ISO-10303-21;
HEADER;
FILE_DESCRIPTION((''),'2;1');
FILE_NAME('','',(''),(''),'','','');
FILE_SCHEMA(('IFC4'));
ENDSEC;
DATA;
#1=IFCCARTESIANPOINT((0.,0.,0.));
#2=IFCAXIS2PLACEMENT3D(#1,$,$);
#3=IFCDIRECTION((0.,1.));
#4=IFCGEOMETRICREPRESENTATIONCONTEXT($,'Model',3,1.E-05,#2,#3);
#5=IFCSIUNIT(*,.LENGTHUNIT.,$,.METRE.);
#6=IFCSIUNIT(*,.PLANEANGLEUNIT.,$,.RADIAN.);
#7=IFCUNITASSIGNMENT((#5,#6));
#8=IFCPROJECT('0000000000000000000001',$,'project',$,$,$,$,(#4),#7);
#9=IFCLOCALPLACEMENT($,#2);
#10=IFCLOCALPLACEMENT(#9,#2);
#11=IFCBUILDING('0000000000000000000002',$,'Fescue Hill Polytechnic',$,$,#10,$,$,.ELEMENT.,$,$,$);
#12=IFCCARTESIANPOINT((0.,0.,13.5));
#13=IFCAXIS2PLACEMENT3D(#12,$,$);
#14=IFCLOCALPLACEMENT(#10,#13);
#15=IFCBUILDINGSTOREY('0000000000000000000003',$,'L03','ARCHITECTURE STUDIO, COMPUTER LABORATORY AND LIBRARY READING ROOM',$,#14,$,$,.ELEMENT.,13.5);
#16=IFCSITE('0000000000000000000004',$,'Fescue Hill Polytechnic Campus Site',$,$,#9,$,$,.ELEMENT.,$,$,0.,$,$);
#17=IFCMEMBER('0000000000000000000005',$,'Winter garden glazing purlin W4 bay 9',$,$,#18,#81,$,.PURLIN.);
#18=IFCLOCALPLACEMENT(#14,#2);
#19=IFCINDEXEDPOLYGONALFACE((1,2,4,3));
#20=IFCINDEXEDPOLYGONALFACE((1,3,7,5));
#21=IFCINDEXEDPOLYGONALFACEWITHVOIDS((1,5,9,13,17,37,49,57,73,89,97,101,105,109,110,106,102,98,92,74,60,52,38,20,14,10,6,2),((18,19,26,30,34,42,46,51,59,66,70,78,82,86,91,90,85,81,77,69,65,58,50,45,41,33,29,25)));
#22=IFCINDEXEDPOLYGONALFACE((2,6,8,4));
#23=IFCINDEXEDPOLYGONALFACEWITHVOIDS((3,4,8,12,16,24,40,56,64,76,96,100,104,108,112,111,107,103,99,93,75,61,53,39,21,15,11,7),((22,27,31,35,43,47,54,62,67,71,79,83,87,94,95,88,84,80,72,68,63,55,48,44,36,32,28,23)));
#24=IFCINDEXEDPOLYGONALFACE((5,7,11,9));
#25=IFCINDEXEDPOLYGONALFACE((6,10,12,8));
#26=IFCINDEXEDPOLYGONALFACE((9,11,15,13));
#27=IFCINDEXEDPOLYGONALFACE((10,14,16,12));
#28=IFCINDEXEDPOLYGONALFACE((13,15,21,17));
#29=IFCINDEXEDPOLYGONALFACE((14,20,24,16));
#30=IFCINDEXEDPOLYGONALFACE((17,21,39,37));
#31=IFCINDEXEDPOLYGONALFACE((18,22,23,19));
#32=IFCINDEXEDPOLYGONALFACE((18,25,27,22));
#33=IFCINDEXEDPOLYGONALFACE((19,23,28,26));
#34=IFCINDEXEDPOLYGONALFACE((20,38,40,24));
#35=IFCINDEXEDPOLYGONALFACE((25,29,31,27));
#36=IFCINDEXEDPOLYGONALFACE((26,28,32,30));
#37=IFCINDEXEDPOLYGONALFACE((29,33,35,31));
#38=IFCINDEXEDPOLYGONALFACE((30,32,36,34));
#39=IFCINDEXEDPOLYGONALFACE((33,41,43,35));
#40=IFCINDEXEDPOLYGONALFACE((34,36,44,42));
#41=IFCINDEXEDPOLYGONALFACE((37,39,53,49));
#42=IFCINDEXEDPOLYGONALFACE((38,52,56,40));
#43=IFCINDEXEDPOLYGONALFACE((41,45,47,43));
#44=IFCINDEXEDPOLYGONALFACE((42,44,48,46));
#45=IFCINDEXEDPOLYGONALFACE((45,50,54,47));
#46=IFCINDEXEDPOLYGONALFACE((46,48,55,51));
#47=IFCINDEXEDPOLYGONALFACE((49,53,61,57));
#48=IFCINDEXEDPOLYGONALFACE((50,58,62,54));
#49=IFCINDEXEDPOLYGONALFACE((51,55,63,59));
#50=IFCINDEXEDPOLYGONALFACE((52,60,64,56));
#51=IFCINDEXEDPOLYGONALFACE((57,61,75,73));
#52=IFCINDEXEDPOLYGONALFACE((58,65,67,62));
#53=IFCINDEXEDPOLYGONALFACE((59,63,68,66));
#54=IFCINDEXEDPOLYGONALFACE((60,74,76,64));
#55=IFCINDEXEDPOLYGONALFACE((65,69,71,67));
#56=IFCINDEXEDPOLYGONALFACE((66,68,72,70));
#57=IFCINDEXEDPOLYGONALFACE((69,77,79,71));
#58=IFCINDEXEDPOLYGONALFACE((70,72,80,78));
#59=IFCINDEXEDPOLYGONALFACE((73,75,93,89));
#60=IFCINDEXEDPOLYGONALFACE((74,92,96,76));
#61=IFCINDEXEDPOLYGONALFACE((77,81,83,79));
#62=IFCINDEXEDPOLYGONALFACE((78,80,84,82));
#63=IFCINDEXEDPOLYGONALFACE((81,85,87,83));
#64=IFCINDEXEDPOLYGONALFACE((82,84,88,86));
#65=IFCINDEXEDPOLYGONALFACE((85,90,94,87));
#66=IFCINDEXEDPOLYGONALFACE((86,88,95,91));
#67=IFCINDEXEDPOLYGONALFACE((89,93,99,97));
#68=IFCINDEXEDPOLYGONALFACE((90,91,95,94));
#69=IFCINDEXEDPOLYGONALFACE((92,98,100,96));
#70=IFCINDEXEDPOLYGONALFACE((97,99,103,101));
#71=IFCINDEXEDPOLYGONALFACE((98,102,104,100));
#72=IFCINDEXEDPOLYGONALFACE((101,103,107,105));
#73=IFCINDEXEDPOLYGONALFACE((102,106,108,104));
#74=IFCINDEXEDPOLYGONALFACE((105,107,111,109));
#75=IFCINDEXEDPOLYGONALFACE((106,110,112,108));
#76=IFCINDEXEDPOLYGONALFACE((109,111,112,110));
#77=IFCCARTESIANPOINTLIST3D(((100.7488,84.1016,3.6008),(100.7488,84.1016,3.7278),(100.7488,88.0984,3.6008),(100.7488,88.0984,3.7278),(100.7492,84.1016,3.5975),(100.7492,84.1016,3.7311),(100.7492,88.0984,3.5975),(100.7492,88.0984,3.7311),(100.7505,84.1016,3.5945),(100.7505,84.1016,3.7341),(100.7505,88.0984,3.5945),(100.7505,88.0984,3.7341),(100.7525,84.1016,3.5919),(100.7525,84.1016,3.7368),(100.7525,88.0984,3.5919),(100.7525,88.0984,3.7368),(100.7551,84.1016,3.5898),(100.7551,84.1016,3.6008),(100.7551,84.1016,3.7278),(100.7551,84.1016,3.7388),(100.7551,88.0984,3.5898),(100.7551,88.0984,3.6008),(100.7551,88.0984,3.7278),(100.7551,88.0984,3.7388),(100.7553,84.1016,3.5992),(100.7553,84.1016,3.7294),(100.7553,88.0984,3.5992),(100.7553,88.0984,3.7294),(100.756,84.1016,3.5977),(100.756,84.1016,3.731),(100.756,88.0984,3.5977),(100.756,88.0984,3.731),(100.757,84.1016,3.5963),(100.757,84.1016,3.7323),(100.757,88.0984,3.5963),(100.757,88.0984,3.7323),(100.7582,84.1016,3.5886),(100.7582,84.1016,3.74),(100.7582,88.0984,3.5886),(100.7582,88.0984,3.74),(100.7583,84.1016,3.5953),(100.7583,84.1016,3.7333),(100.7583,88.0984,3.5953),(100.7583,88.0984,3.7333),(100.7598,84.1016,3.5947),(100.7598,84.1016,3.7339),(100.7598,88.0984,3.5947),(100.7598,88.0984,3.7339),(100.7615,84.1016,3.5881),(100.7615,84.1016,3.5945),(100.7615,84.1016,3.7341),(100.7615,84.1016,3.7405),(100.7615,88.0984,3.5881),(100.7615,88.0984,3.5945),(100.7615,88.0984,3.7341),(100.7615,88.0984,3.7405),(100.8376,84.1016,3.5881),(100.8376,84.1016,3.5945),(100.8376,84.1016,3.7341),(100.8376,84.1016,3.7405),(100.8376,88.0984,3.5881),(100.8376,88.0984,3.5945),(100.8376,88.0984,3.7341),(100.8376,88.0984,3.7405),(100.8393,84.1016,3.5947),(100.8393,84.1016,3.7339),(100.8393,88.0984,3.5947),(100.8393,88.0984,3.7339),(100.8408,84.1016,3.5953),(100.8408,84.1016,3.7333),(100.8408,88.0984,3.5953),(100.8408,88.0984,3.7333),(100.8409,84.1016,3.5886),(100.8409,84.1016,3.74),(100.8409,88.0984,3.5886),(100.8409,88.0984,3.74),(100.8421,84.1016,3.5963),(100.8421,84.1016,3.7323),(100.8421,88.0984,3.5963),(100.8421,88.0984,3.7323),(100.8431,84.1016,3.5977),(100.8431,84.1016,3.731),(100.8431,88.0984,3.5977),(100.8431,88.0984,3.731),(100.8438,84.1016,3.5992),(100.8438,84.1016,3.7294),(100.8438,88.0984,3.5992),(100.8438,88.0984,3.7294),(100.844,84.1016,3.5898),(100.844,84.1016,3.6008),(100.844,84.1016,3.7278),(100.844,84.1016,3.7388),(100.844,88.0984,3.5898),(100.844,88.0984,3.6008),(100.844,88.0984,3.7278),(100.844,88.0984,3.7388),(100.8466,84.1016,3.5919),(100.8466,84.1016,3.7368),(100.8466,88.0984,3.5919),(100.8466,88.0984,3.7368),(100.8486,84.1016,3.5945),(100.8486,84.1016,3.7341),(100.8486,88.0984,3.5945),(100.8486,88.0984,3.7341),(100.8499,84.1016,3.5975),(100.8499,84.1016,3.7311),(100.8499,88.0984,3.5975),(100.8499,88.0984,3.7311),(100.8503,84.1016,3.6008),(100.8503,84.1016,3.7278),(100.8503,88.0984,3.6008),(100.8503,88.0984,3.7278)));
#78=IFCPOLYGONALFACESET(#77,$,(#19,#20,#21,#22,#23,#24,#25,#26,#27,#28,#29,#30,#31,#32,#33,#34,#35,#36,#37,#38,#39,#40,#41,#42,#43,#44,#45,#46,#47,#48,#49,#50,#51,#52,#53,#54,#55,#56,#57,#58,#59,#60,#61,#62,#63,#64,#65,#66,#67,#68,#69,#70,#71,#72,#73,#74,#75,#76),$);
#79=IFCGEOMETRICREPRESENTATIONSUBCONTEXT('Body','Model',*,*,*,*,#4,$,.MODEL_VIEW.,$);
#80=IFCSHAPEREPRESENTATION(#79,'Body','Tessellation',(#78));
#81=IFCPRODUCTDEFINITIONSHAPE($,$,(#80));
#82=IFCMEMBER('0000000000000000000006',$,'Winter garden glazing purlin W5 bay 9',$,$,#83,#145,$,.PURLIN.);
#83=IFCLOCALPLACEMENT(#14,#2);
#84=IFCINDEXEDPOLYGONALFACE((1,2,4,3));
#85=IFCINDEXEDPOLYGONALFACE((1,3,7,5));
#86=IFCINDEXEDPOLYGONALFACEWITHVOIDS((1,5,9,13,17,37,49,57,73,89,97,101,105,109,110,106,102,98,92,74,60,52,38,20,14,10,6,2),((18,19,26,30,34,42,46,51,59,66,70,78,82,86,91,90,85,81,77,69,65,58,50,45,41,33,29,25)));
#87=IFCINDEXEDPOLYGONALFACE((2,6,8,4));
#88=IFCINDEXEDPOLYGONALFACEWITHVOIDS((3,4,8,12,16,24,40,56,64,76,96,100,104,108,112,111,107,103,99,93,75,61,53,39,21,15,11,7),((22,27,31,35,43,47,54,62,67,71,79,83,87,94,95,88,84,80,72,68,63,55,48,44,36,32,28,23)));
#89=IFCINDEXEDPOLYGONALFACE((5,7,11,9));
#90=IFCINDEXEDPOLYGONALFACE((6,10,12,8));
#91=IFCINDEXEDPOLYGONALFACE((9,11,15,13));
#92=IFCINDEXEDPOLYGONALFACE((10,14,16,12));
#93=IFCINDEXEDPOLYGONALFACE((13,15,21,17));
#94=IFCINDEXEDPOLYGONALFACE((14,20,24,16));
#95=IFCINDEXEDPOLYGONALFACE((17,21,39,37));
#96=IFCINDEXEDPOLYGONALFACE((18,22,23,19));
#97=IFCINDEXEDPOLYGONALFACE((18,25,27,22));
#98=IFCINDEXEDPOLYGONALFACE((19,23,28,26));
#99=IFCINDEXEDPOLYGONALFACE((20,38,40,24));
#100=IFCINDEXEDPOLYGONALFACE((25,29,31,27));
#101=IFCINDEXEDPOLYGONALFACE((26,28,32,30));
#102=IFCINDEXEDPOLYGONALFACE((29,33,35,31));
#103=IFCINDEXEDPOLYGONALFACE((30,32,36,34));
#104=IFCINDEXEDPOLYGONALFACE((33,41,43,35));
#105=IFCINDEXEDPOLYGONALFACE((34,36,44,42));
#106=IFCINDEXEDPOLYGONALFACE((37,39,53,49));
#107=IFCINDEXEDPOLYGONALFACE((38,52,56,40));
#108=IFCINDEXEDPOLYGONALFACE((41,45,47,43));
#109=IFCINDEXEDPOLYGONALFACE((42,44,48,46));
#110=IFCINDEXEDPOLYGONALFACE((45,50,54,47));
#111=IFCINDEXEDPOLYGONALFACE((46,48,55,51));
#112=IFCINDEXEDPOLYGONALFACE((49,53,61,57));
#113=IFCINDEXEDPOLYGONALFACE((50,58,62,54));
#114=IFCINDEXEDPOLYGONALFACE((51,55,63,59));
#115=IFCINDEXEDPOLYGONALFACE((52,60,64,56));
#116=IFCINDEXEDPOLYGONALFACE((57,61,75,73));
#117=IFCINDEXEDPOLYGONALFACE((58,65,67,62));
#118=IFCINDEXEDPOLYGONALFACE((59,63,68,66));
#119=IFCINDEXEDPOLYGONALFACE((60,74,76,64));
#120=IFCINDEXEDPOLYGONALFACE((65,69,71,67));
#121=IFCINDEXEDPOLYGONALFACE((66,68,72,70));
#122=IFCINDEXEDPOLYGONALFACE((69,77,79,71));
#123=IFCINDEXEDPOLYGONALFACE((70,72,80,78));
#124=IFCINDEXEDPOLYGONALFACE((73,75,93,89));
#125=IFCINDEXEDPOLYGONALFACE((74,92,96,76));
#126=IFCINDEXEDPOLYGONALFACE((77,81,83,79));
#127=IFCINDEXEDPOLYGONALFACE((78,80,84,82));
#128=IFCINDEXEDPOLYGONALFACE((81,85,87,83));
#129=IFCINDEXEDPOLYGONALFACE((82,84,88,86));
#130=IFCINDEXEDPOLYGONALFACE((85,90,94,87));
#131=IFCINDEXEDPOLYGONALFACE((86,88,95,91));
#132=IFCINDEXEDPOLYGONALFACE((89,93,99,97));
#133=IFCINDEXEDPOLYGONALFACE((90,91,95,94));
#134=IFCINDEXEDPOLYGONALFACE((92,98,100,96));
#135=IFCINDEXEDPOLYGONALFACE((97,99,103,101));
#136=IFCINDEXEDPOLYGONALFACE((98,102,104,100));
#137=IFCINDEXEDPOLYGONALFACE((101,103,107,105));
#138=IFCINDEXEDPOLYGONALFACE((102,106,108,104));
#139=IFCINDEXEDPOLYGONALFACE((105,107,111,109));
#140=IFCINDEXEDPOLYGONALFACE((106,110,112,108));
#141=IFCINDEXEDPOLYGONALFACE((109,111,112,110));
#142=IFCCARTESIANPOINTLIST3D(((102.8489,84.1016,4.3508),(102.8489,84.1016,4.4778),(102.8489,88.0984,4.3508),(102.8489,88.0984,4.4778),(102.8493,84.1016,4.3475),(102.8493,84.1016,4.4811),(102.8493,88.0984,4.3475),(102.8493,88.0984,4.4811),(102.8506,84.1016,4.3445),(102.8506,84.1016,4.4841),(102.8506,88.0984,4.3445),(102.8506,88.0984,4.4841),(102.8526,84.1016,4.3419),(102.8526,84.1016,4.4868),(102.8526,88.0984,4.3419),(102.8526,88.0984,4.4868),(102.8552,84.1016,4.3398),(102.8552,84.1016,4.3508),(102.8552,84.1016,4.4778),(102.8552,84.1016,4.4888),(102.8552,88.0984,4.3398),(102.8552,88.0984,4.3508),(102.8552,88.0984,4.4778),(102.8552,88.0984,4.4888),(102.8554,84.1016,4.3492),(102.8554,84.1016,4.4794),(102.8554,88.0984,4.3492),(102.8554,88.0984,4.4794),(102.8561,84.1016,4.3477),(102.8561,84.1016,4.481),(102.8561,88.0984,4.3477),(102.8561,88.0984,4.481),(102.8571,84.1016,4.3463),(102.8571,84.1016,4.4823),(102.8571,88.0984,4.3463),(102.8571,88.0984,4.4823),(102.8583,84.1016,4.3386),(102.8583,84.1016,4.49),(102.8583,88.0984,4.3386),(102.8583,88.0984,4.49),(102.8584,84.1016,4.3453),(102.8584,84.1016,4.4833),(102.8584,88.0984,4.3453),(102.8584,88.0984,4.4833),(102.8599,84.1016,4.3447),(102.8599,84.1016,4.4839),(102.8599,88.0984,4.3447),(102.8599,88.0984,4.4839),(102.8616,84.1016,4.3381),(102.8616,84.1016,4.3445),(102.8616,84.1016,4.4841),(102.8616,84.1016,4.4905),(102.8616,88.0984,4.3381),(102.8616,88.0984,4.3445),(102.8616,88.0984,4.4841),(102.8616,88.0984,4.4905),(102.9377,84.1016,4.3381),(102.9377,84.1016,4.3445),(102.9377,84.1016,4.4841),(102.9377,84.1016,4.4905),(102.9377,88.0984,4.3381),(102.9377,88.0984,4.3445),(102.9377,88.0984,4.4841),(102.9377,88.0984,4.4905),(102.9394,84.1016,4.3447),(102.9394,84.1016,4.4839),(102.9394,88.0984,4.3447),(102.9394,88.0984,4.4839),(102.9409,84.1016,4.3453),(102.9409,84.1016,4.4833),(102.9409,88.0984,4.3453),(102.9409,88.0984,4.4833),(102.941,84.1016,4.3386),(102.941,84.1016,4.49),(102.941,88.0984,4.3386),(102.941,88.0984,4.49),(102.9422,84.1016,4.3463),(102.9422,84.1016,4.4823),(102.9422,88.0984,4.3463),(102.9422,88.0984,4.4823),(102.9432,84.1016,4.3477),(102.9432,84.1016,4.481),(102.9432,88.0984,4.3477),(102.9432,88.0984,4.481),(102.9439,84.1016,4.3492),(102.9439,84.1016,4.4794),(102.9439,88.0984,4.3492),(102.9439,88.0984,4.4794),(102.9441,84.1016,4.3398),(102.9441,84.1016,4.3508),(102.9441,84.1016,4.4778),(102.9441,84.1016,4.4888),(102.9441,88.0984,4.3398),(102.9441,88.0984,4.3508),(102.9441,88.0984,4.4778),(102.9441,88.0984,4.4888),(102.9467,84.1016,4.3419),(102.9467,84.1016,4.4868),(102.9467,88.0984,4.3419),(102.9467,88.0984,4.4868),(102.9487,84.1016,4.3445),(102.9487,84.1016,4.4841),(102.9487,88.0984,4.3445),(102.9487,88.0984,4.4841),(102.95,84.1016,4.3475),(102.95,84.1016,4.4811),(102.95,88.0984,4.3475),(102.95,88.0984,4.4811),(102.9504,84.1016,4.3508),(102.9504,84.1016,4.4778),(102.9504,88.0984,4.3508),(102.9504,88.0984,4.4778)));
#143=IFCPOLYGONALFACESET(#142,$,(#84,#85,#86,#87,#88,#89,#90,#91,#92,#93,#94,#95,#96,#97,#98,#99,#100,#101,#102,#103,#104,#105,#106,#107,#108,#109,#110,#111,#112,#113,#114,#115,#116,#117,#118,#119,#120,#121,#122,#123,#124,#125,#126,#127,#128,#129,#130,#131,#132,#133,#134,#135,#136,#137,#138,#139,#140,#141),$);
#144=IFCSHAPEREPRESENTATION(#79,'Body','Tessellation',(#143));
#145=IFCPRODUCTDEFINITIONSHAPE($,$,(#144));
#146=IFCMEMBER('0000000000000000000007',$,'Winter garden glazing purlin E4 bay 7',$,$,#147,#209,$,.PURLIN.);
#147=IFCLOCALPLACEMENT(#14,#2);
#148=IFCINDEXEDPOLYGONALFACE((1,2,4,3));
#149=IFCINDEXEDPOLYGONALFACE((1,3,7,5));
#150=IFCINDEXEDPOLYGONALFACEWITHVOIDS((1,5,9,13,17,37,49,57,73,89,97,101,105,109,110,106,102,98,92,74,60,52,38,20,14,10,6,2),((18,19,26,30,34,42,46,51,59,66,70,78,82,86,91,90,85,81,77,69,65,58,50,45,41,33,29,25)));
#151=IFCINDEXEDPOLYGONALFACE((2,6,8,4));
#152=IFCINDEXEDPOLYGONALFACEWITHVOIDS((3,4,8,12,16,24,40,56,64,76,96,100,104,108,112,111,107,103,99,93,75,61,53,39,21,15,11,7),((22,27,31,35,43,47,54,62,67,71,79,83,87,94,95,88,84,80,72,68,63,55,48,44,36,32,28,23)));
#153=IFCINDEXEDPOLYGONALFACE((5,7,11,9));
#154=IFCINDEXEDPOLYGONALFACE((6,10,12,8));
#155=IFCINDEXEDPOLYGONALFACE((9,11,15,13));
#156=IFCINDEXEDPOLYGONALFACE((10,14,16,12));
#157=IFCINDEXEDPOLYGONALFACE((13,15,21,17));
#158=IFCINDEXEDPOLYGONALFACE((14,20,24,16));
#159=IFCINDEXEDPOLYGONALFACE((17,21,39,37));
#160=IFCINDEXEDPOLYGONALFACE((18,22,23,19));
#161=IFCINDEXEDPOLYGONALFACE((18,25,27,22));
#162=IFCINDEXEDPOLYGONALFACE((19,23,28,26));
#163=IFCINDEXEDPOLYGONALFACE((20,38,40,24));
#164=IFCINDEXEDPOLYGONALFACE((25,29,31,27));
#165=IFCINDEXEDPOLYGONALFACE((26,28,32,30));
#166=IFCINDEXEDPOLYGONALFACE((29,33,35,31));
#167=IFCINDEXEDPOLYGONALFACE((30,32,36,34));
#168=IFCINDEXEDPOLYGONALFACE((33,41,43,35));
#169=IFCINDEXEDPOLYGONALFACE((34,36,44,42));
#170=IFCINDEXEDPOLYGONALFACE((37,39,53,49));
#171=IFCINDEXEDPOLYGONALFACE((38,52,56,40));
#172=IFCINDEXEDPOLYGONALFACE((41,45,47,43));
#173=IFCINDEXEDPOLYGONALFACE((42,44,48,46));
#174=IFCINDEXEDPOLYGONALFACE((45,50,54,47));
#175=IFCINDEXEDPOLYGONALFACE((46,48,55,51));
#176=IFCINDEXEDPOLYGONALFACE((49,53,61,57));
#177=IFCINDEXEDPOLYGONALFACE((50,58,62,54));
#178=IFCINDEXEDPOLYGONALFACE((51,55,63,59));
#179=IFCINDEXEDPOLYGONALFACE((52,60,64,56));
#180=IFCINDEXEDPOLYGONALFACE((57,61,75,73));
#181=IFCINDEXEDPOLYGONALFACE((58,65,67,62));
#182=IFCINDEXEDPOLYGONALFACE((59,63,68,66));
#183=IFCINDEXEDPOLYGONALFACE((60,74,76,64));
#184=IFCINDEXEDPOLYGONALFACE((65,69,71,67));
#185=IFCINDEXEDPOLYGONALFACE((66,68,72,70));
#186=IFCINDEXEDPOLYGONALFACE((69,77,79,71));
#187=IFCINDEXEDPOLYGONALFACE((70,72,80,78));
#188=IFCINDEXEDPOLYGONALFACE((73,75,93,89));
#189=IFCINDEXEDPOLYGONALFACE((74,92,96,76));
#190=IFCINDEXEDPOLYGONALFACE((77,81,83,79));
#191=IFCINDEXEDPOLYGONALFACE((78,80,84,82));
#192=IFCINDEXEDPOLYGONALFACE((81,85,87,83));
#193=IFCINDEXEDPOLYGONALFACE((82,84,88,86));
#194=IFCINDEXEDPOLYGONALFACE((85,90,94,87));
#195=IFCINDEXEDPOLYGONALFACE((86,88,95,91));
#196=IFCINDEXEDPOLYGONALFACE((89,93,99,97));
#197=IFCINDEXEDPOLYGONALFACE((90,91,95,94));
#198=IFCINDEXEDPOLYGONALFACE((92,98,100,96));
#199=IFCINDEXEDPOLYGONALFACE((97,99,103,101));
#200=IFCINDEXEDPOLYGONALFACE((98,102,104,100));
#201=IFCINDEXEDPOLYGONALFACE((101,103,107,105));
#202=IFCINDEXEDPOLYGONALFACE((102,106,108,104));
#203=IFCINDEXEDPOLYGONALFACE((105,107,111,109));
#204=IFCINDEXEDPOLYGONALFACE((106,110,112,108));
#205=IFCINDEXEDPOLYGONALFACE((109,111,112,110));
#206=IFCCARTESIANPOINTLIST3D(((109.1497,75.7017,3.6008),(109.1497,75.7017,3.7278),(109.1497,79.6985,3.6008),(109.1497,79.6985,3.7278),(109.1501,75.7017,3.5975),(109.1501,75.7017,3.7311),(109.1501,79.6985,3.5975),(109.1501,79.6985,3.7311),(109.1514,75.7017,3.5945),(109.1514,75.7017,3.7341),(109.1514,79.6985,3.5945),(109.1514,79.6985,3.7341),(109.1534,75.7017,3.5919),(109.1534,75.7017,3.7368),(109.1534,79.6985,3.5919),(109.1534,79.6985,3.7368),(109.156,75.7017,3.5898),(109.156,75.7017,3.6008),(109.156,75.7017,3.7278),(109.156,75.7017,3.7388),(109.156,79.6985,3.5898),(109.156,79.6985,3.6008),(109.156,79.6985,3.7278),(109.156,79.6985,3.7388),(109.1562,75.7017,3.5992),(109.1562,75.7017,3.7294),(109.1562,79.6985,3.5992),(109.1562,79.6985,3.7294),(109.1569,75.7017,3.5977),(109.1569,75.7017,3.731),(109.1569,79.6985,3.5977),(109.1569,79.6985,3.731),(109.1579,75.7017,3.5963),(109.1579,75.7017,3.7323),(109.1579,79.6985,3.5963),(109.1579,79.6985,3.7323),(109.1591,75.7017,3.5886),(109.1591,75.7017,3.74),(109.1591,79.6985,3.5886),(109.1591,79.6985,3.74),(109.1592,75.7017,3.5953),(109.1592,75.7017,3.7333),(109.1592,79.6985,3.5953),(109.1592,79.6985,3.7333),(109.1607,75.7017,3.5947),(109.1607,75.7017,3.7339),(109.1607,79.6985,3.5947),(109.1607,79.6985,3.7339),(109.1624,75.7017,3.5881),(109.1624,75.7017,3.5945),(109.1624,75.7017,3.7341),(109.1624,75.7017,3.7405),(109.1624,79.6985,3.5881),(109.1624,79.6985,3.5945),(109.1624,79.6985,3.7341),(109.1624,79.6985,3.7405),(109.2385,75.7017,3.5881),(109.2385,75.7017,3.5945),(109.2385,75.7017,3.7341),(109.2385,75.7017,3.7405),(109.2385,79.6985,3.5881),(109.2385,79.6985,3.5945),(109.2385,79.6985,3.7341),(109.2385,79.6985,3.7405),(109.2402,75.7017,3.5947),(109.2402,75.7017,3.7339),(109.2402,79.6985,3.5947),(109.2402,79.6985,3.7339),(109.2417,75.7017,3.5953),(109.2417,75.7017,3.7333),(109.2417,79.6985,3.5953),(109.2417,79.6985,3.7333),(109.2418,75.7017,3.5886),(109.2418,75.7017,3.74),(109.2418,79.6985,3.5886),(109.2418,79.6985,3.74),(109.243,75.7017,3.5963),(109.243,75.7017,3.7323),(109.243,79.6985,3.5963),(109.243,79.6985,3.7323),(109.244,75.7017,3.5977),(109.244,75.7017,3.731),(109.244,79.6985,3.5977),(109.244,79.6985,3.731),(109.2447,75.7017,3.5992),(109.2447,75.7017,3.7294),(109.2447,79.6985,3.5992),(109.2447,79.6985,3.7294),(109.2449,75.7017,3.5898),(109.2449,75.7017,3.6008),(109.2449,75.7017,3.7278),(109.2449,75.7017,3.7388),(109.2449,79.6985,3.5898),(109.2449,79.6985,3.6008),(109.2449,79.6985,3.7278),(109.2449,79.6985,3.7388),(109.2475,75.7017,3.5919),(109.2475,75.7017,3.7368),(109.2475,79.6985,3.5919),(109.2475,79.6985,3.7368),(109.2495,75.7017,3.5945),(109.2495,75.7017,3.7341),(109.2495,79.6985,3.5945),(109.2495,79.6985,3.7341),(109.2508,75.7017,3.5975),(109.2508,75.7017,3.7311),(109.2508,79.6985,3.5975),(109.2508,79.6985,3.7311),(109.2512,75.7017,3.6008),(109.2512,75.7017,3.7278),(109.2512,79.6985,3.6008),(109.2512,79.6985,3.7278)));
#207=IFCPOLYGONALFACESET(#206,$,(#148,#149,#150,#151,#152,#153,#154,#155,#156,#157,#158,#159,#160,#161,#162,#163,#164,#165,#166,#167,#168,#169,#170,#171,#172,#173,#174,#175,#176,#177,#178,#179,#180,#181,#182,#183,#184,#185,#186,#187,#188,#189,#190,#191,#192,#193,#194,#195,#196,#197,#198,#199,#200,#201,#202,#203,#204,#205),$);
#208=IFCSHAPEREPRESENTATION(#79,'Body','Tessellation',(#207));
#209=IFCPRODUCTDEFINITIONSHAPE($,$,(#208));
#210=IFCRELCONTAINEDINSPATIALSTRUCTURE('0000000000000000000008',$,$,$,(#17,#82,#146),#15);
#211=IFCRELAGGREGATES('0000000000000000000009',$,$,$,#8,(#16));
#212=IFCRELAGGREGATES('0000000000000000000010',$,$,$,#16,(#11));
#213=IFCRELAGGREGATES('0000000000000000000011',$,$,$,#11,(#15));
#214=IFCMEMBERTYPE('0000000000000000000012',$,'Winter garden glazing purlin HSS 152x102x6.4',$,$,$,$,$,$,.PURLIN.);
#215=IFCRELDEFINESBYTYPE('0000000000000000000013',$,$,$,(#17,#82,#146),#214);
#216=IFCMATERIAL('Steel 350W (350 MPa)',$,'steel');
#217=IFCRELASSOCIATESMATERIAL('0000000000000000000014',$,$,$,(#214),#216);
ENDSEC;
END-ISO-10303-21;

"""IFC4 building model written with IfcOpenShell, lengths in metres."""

from ifc_helpers import new_model, si_unit, direction, frame, origin, origin_2d, place, context, subcontext, project, spatial, hollow_rectangle, extrude, material, material_profile, profile_set, type_object, element, save


model = new_model("IFC4")

# Units and contexts
model_context = context("Model", 3, precision=1e-05, world=origin(), true_north=direction((0.0, 1.0)))
body_context = subcontext(model_context, "Body", "Model", "MODEL_VIEW")
ifc_project = project(units=[si_unit("LENGTHUNIT", "METRE"), si_unit("PLANEANGLEUNIT", "RADIAN")], contexts=[model_context])

# Site, building, storey
site_placement = place(None, origin())
site = spatial("IfcSite", under=ifc_project, at=site_placement, Name="Fescue Hill Polytechnic Campus Site", CompositionType="ELEMENT", RefElevation=0.0)
building_placement = place(site_placement, origin())
building = spatial("IfcBuilding", under=site, at=building_placement, Name="Fescue Hill Polytechnic", CompositionType="ELEMENT")
storey_placement = place(building_placement, frame((0.0, 0.0, 13.5)))
storey = spatial("IfcBuildingStorey", under=building, at=storey_placement, Name="L03", Description="ARCHITECTURE STUDIO, COMPUTER LABORATORY AND LIBRARY READING ROOM", CompositionType="ELEMENT", Elevation=13.5)

# Members
ifc_material_1 = material(Name="Steel 350W (350 MPa)", Category="steel")
ifc_material_profile_1 = material_profile(ifc_material_1, hollow_rectangle(XDim=0.1016, YDim=0.1523, WallThickness=0.0063, InnerFilletRadius=0.0063, OuterFilletRadius=0.0127, at=origin_2d()), Name="Winter garden glazing purlin HSS 152x102x6.4")
ifc_profile_set_1 = profile_set([ifc_material_profile_1], Name="Steel 350W (350 MPa)")
member_type_1 = type_object("IfcMemberType", Name="Winter garden glazing purlin HSS 152x102x6.4", PredefinedType="PURLIN", material=ifc_profile_set_1)
for number, where, z_axis, x_axis, name in (
    (1, (100.7996, 84.1016, 3.6643), (0.0, 1.0, 0.0), (-1.0, 0.0, 0.0), "Winter garden glazing purlin W4 bay 9"),
    (2, (102.8997, 84.1016, 4.4143), (0.0, 1.0, 0.0), (-1.0, 0.0, 0.0), "Winter garden glazing purlin W5 bay 9"),
    (3, (109.2004, 75.7017, 3.6643), (0.0, 1.0, 0.0), (-1.0, 0.0, 0.0), "Winter garden glazing purlin E4 bay 7"),
):
    element("IfcMember", number, at=place(storey_placement, frame(where, z_axis=z_axis, x_axis=x_axis)), inside=storey, type_object=member_type_1, Name=name, PredefinedType="PURLIN", context=body_context, shape_type="SweptSolid", body=[
        extrude(hollow_rectangle(XDim=0.1016, YDim=0.1523, WallThickness=0.0063, InnerFilletRadius=0.0063, OuterFilletRadius=0.0127, at=origin_2d()), origin(), (0.0, 0.0, 1.0), 3.9968),
    ])

save(model, "model.ifc")
